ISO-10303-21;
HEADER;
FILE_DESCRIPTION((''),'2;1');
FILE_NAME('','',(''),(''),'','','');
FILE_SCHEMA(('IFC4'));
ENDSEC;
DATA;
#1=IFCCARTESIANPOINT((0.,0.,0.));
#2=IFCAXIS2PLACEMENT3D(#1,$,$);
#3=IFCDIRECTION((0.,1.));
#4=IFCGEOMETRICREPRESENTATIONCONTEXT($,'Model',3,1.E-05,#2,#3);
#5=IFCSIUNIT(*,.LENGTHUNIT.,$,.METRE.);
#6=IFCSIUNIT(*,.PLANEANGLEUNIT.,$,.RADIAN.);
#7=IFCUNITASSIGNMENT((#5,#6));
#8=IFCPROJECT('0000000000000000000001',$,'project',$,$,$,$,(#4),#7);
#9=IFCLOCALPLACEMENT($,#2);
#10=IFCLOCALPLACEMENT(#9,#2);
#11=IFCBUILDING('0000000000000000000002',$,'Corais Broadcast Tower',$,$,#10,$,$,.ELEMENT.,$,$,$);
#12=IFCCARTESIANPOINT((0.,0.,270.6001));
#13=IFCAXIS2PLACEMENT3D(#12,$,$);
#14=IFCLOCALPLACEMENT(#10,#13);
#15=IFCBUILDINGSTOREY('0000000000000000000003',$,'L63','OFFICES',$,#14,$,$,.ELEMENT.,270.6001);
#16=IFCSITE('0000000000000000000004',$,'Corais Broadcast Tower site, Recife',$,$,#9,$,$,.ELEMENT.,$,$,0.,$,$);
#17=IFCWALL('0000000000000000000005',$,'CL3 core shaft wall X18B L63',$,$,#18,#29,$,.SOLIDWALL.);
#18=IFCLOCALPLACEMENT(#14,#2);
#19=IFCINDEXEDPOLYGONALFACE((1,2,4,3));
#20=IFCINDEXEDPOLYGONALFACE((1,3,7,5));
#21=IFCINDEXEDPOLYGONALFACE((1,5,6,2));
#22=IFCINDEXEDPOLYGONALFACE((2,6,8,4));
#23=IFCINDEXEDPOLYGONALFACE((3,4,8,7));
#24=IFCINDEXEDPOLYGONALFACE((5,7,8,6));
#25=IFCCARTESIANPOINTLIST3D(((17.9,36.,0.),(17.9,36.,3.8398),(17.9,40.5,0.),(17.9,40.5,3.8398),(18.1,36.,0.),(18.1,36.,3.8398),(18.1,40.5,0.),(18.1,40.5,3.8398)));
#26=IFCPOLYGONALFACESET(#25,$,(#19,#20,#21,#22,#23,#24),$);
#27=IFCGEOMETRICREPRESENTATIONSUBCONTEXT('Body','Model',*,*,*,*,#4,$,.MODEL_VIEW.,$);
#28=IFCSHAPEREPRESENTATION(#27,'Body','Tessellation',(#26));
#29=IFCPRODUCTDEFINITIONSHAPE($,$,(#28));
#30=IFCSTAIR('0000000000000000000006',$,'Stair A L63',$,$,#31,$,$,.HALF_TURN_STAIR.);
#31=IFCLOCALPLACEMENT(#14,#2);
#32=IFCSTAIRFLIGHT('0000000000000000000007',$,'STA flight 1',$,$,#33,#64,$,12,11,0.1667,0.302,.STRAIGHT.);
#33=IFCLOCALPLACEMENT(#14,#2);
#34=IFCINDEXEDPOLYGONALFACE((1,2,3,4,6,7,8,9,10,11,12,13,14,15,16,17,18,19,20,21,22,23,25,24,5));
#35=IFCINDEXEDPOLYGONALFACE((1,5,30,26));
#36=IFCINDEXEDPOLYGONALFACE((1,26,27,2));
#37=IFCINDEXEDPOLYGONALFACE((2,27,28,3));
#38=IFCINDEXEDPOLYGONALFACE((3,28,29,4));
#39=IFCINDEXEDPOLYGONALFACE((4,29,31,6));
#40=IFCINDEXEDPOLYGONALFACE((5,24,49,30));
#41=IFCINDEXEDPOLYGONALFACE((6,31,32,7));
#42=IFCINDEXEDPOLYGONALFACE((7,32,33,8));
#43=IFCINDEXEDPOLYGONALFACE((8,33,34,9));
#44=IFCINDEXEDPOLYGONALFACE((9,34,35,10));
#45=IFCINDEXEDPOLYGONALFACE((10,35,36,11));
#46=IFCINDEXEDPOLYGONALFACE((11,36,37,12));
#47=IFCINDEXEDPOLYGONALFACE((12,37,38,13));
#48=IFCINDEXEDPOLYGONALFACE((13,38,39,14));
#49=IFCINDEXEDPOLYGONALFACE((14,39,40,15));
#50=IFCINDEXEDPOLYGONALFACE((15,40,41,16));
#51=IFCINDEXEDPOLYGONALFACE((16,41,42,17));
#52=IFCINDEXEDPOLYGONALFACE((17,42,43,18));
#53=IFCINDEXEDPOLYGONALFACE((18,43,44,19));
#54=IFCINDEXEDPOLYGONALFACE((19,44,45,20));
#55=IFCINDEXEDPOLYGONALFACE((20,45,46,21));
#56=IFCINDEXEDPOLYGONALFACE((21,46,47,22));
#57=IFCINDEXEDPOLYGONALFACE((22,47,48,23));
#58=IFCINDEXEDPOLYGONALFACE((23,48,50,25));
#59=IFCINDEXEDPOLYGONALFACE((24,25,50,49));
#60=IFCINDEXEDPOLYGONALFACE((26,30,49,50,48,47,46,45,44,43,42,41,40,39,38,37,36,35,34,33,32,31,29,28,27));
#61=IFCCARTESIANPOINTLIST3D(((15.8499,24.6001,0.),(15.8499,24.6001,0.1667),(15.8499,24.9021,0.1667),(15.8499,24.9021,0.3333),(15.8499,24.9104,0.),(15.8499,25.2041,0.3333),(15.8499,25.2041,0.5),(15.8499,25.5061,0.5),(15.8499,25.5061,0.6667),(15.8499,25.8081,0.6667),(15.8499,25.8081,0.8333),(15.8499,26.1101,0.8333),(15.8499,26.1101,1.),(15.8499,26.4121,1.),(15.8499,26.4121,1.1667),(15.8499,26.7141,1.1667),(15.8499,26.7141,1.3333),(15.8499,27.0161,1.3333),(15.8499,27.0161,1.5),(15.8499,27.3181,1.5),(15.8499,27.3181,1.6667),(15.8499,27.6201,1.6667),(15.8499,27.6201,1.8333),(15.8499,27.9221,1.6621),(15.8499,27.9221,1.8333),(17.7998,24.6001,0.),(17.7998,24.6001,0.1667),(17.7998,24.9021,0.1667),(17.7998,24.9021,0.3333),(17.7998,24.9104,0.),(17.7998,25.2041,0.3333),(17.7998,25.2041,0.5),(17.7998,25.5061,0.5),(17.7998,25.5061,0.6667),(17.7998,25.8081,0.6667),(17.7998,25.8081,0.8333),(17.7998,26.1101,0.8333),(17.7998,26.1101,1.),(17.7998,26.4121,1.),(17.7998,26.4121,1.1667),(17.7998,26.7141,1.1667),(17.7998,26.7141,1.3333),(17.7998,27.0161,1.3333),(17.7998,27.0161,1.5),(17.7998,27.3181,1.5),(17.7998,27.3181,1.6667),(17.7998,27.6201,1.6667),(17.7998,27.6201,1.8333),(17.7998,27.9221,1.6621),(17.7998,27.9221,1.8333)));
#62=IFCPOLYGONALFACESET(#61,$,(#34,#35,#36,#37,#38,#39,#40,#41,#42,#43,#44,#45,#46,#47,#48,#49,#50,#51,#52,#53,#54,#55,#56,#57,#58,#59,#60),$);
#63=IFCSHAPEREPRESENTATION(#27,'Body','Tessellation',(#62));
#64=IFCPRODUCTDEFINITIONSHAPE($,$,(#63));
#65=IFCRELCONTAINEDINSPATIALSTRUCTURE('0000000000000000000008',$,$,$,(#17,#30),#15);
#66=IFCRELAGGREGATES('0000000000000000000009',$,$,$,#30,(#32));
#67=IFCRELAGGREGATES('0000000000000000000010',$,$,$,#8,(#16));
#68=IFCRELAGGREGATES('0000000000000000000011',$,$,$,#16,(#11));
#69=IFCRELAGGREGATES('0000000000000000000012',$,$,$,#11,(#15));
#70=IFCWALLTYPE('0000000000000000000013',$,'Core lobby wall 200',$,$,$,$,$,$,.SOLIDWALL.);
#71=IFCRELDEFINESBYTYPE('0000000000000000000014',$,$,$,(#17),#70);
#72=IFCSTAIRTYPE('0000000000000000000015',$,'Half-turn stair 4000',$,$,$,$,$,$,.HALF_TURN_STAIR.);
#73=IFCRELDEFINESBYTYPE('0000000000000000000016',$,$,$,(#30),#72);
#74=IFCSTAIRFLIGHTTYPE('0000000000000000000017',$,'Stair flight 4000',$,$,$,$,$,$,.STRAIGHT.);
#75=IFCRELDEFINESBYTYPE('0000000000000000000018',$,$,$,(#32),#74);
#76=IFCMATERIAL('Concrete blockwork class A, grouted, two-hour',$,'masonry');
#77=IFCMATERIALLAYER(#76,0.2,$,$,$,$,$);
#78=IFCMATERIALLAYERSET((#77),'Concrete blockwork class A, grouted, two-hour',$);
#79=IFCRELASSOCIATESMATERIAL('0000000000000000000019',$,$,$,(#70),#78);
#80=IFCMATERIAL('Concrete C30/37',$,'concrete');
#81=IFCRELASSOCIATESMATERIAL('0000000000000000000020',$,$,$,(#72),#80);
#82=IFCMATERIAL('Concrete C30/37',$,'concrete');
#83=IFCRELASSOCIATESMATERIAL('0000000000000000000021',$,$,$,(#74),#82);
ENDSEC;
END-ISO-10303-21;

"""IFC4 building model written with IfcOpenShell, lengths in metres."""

from ifc_helpers import new_model, si_unit, direction, frame, frame_2d, origin, place, context, subcontext, project, spatial, polyline, rectangle, outline, extrude, material, layer, layer_set, type_object, element, aggregate, save


model = new_model("IFC4")

# Units and contexts
model_context = context("Model", 3, precision=1e-05, world=origin(), true_north=direction((0.0, 1.0)))
body_context = subcontext(model_context, "Body", "Model", "MODEL_VIEW")
ifc_project = project(units=[si_unit("LENGTHUNIT", "METRE"), si_unit("PLANEANGLEUNIT", "RADIAN")], contexts=[model_context])

# Site, building, storey
site_placement = place(None, origin())
site = spatial("IfcSite", under=ifc_project, at=site_placement, Name="Corais Broadcast Tower site, Recife", CompositionType="ELEMENT", RefElevation=0.0)
building_placement = place(site_placement, origin())
building = spatial("IfcBuilding", under=site, at=building_placement, Name="Corais Broadcast Tower", CompositionType="ELEMENT")
storey_placement = place(building_placement, frame((0.0, 0.0, 270.6001)))
storey = spatial("IfcBuildingStorey", under=building, at=storey_placement, Name="L63", Description="OFFICES", CompositionType="ELEMENT", Elevation=270.6001)

# Wall
ifc_material_1 = material(Name="Concrete blockwork class A, grouted, two-hour", Category="masonry")
ifc_layer = layer(ifc_material_1, 0.2)
ifc_layer_set = layer_set([ifc_layer], Name="Concrete blockwork class A, grouted, two-hour")
wall_type = type_object("IfcWallType", Name="Core lobby wall 200", PredefinedType="SOLIDWALL", material=ifc_layer_set)
wall_placement = place(storey_placement, frame((18.0, 36.0, 0.0), z_axis=(0.0, 0.0, 1.0), x_axis=(0.0, 1.0, 0.0)))
element("IfcWall", 1, at=wall_placement, inside=storey, type_object=wall_type, Name="CL3 core shaft wall X18B L63", PredefinedType="SOLIDWALL", context=body_context, shape_type="SweptSolid", body=[
    extrude(rectangle(XDim=4.5, YDim=0.2, at=frame_2d((2.25, 0.0))), origin(), (0.0, 0.0, 1.0), 3.8398),
])

# Stair, stair flight
ifc_material_2 = material(Name="Concrete C30/37", Category="concrete")
stair_type = type_object("IfcStairType", Name="Half-turn stair 4000", PredefinedType="HALF_TURN_STAIR", material=ifc_material_2)
stair_placement = place(storey_placement, origin())
stair = element("IfcStair", 2, at=stair_placement, inside=storey, type_object=stair_type, Name="Stair A L63", PredefinedType="HALF_TURN_STAIR")
ifc_material_3 = material(Name="Concrete C30/37", Category="concrete")
stair_flight_type = type_object("IfcStairFlightType", Name="Stair flight 4000", PredefinedType="STRAIGHT", material=ifc_material_3)
stair_flight_placement = place(storey_placement, frame((16.825, 24.6001, 0.0), z_axis=(0.0, 0.0, 1.0), x_axis=(0.0, 1.0, 0.0)))
stair_flight = element("IfcStairFlight", 3, at=stair_flight_placement, type_object=stair_flight_type, Name="STA flight 1", NumberOfRisers=12, NumberOfTreads=11, PredefinedType="STRAIGHT", RiserHeight=0.1667, TreadLength=0.302, context=body_context, shape_type="SweptSolid", body=[
    extrude(outline(polyline([(0.0, 0.0), (0.0, 0.1667), (0.302, 0.1667), (0.302, 0.3333), (0.604, 0.3333), (0.604, 0.5), (0.906, 0.5), (0.906, 0.6667), (1.208, 0.6667), (1.208, 0.8333), (1.51, 0.8333), (1.51, 1.0), (1.812, 1.0), (1.812, 1.1667), (2.114, 1.1667), (2.114, 1.3333), (2.416, 1.3333), (2.416, 1.5), (2.718, 1.5), (2.718, 1.6667), (3.02, 1.6667), (3.02, 1.8333), (3.322, 1.8333), (3.322, 2.0), (3.322, 1.6621), (0.3103, 0.0), (0.0, 0.0)])), frame((0.0, 0.9751, 0.0), z_axis=(0.0, -1.0, 0.0), x_axis=(1.0, 0.0, 0.0)), (0.0, 0.0, 1.0), 1.95),
])
aggregate(stair, [stair_flight])

save(model, "model.ifc")
